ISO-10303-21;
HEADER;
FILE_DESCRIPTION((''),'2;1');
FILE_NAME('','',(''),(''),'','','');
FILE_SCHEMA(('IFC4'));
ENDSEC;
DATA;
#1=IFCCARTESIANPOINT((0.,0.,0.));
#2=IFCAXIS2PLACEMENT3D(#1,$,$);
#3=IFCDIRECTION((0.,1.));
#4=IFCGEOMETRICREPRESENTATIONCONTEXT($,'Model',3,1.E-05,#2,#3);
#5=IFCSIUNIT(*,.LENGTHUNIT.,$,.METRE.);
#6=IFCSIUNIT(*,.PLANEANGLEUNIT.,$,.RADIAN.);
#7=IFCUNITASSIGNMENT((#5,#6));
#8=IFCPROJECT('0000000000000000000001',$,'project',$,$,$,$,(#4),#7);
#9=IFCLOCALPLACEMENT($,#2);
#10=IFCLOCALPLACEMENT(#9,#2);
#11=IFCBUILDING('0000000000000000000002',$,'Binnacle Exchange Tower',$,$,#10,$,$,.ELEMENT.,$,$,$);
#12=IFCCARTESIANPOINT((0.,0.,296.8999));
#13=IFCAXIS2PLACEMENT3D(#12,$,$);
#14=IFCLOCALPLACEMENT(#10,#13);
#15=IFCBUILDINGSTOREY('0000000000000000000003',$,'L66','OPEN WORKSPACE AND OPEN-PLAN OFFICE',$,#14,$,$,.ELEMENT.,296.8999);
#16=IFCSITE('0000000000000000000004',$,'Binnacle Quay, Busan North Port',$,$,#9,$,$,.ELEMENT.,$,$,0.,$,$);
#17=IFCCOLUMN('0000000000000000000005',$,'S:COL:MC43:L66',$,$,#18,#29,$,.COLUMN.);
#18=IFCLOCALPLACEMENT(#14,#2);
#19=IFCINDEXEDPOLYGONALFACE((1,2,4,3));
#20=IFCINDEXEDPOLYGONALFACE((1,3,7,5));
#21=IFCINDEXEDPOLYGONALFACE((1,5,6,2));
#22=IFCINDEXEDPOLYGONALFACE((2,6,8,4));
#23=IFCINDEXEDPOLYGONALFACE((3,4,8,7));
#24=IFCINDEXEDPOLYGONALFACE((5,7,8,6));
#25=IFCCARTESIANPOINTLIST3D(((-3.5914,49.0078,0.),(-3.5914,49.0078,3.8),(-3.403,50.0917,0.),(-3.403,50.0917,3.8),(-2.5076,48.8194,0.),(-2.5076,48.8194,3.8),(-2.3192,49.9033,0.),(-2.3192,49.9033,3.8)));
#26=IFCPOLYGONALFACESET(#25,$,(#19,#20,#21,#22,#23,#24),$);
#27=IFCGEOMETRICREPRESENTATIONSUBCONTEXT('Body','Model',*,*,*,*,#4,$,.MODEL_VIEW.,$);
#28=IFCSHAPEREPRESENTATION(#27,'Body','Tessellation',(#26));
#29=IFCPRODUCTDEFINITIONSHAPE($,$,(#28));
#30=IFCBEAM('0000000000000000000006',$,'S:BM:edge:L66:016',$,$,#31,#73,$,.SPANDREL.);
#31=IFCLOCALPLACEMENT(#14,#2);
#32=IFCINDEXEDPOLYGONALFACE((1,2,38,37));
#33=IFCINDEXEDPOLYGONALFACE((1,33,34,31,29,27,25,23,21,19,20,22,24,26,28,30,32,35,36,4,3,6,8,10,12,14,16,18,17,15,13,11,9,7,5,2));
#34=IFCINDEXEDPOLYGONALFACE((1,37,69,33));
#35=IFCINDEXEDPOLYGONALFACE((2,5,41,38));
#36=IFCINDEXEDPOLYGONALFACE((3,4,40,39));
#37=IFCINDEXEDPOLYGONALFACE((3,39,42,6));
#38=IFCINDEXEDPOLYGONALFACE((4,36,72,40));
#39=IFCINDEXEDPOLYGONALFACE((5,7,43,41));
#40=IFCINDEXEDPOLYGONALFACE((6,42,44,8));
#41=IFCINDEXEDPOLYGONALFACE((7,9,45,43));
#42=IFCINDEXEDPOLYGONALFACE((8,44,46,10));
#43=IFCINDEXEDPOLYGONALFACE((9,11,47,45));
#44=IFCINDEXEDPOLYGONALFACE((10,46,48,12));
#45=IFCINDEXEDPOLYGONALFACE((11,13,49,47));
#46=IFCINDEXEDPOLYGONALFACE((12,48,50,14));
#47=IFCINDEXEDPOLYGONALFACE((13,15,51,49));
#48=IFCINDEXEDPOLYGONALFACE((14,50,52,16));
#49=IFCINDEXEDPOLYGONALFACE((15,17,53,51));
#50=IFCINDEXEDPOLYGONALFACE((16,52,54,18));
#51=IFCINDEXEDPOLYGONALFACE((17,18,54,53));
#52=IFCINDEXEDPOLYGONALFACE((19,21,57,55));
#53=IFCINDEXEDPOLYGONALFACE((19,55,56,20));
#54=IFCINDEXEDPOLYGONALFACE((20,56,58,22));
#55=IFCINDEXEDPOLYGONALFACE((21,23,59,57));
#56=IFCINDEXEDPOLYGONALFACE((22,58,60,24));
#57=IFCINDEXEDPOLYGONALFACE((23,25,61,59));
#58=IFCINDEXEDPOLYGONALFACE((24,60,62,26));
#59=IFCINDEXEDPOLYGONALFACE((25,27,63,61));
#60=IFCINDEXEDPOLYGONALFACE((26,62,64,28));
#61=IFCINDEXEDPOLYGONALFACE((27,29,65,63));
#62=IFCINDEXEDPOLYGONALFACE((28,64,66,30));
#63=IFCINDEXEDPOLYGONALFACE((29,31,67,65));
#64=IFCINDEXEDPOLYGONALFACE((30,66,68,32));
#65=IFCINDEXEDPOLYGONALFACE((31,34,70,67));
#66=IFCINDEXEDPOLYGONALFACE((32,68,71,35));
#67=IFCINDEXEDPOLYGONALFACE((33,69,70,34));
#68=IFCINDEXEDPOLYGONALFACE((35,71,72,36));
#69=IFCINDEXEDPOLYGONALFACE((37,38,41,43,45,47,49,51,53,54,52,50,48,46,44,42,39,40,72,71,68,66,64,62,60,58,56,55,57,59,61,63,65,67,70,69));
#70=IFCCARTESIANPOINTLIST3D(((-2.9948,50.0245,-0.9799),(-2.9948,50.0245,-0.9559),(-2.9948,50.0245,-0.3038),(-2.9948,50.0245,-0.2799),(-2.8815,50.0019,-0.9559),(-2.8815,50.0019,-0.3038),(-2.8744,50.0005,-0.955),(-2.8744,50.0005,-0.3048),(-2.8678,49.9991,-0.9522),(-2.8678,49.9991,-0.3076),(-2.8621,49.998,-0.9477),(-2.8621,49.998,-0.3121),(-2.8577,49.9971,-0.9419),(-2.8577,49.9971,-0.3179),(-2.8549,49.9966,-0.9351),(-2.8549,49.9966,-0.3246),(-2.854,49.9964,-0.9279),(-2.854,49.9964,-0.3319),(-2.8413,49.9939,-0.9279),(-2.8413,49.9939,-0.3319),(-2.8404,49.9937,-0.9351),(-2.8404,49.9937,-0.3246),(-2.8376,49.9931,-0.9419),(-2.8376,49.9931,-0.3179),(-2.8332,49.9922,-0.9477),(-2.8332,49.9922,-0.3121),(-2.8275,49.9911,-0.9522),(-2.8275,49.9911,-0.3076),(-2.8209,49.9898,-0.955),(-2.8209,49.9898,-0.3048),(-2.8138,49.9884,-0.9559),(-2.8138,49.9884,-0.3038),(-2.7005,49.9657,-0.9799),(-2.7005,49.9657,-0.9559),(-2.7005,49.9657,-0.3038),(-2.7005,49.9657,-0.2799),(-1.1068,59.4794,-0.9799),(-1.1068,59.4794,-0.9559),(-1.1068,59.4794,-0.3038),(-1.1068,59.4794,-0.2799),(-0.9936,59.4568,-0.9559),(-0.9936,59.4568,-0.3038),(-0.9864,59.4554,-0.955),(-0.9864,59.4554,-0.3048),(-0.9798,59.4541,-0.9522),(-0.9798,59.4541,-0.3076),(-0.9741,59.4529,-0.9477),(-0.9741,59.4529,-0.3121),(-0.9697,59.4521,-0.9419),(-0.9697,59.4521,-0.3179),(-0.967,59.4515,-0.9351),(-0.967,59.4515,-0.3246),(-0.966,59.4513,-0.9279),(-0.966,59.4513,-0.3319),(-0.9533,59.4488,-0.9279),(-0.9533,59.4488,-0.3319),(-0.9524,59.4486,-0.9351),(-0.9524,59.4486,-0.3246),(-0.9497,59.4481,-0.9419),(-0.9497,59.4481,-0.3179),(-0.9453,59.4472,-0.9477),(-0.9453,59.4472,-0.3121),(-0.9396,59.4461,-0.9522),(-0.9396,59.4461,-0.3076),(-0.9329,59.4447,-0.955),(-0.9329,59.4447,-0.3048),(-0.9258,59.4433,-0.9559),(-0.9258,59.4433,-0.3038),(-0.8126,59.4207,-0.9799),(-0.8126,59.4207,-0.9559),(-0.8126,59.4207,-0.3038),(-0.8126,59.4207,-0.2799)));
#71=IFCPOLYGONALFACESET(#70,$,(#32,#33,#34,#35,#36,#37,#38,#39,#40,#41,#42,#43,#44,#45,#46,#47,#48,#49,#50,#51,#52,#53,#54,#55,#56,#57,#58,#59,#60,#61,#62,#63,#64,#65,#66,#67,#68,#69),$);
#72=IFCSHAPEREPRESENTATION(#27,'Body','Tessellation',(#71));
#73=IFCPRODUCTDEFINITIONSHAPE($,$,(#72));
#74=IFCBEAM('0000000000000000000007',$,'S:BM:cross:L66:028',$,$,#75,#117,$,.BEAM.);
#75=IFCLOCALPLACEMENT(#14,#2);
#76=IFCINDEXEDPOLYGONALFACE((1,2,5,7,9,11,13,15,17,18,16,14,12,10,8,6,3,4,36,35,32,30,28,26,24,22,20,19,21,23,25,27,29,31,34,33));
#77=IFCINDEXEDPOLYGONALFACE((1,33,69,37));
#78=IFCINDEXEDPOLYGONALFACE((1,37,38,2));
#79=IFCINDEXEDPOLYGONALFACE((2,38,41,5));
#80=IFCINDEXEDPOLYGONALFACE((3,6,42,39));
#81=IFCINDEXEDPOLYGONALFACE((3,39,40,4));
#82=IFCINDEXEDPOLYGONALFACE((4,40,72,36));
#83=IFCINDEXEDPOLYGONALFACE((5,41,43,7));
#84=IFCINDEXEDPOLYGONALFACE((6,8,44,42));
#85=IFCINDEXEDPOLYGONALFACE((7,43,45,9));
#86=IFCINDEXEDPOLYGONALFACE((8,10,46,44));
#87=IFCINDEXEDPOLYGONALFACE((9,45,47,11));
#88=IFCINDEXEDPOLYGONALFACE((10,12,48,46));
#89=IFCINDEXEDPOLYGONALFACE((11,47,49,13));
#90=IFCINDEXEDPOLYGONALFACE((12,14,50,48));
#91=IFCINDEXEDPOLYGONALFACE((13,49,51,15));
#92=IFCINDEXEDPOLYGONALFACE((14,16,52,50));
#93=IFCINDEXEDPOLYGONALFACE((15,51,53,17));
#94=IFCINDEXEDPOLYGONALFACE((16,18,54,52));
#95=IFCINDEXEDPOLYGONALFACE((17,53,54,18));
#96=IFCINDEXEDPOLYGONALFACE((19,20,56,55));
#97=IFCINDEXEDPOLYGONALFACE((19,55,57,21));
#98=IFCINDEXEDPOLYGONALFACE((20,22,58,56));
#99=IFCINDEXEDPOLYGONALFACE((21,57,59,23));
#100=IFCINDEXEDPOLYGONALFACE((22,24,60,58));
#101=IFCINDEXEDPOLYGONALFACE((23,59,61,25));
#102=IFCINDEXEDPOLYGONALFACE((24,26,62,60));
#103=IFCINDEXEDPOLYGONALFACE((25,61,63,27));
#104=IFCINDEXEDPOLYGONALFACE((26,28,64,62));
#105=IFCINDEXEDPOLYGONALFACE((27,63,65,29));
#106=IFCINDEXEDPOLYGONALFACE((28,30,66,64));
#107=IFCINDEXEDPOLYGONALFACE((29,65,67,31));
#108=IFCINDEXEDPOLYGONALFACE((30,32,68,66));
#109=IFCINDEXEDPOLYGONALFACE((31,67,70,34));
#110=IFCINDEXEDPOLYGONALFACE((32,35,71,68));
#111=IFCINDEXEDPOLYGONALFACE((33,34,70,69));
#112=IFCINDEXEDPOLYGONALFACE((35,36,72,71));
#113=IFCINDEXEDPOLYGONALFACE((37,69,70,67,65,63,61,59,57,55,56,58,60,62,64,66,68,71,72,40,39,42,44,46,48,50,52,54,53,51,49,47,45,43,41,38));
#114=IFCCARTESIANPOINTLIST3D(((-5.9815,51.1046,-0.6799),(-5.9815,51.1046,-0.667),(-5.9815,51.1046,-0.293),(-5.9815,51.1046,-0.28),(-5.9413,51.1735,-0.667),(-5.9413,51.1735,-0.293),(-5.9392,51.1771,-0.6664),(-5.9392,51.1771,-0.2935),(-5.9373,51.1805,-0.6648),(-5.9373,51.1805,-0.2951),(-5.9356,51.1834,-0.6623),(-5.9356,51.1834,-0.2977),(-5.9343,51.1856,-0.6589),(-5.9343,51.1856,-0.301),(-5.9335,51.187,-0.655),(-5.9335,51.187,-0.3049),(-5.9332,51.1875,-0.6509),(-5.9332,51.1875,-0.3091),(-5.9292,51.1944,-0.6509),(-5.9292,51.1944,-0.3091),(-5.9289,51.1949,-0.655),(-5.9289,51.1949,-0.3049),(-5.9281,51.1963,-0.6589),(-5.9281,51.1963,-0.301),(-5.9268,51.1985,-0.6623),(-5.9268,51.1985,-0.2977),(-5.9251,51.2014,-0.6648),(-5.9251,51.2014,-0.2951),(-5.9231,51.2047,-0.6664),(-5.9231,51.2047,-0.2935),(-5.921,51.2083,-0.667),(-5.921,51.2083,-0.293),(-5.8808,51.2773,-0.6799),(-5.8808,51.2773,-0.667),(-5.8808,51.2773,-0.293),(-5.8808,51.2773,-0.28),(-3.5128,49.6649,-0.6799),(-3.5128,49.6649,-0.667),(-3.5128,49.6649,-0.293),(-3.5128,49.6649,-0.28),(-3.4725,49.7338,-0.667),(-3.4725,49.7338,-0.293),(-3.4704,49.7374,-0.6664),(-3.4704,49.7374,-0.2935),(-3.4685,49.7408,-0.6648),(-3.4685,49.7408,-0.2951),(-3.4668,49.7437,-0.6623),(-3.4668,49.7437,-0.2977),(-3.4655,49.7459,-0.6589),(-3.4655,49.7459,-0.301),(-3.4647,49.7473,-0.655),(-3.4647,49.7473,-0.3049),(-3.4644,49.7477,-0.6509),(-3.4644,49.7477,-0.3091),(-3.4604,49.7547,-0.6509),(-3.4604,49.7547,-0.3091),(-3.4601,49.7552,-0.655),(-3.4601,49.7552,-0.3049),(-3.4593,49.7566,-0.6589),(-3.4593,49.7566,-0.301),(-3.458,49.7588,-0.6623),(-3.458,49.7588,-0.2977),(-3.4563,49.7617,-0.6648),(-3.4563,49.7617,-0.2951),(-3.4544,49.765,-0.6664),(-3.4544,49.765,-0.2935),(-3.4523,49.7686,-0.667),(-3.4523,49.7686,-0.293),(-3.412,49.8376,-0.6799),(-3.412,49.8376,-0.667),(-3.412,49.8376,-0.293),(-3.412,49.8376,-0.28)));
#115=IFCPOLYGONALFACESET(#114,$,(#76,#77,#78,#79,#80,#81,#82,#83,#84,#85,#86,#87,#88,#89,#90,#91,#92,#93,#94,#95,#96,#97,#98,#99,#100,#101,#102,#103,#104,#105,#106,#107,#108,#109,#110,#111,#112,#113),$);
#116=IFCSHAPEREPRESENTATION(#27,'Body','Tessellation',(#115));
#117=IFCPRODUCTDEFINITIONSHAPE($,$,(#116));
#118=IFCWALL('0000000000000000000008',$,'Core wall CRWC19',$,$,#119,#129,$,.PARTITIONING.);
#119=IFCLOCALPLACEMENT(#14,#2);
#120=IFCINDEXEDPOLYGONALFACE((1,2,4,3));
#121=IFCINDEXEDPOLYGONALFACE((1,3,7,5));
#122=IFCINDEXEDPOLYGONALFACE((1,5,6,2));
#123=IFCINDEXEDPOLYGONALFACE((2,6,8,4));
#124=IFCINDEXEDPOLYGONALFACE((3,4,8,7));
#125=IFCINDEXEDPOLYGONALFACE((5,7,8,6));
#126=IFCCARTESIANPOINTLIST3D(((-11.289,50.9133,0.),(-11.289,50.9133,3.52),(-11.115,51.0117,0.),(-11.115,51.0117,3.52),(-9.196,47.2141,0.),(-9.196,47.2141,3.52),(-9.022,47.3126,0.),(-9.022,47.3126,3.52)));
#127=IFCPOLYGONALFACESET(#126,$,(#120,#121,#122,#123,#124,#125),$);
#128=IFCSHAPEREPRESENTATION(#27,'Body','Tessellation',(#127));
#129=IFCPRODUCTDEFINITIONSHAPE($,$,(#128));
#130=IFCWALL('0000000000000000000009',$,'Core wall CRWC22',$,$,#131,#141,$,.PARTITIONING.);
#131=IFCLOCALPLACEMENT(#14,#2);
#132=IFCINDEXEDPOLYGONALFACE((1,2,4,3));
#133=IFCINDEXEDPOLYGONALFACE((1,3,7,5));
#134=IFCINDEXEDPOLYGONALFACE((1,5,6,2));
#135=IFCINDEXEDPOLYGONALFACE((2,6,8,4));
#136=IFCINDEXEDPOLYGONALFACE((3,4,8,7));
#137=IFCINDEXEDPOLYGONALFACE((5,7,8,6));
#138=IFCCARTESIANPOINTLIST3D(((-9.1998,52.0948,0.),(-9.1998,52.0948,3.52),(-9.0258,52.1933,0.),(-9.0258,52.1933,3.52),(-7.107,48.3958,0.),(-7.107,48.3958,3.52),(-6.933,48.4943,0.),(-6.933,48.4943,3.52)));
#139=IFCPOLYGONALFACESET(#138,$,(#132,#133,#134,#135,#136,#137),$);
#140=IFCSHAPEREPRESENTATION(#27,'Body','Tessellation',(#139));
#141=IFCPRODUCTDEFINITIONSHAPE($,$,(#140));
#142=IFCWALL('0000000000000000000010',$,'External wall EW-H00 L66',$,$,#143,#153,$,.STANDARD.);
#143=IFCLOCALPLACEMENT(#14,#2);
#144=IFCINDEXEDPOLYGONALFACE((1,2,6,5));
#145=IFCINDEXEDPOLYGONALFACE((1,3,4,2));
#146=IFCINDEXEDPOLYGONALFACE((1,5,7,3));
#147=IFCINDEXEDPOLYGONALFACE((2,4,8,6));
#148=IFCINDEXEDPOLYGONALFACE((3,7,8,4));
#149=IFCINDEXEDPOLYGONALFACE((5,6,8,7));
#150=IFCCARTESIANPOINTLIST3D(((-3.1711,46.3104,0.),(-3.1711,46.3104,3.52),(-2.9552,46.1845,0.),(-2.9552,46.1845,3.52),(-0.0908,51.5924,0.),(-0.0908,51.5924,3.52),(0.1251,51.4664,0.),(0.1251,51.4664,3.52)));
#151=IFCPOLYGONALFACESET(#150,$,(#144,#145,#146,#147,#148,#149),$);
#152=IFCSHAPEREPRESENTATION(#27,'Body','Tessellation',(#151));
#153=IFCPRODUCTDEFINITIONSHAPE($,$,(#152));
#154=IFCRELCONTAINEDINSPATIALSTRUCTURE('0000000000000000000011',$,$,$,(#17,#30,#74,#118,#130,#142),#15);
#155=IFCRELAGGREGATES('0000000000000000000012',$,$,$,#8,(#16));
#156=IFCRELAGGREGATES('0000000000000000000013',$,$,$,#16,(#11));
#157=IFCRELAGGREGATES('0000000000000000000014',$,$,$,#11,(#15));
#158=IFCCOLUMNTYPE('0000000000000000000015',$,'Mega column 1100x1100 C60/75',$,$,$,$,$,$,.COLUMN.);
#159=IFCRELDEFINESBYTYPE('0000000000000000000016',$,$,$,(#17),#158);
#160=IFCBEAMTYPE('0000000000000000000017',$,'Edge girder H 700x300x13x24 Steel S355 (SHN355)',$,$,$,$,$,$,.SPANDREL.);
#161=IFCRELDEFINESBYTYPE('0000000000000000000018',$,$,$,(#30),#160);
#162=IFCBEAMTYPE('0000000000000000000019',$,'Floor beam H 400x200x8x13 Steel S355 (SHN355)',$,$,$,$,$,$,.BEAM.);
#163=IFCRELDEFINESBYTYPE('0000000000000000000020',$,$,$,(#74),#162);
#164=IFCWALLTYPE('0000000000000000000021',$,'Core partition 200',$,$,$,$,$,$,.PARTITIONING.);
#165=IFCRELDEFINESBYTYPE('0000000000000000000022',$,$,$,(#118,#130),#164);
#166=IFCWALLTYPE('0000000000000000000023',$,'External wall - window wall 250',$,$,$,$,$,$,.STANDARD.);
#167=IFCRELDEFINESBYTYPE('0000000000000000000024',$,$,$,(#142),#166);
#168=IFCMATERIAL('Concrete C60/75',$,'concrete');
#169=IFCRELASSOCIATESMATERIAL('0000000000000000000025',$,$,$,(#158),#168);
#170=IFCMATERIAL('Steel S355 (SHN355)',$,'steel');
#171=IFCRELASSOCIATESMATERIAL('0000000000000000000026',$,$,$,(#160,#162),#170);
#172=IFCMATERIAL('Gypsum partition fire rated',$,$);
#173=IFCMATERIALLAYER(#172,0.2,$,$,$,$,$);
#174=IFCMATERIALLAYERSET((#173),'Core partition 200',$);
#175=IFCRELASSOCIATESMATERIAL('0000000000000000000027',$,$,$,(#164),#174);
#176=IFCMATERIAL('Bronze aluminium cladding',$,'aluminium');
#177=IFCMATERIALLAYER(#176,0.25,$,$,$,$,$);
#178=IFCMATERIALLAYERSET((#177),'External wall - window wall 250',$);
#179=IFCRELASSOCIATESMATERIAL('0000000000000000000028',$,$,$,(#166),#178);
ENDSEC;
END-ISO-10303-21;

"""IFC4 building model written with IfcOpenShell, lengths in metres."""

from ifc_helpers import new_model, si_unit, direction, frame, frame_2d, origin, origin_2d, place, context, subcontext, project, spatial, rectangle, i_section, extrude, material, layer, layer_set, material_profile, profile_set, type_object, element, save


model = new_model("IFC4")

# Units and contexts
model_context = context("Model", 3, precision=1e-05, world=origin(), true_north=direction((0.0, 1.0)))
body_context = subcontext(model_context, "Body", "Model", "MODEL_VIEW")
ifc_project = project(units=[si_unit("LENGTHUNIT", "METRE"), si_unit("PLANEANGLEUNIT", "RADIAN")], contexts=[model_context])

# Site, building, storey
site_placement = place(None, origin())
site = spatial("IfcSite", under=ifc_project, at=site_placement, Name="Binnacle Quay, Busan North Port", CompositionType="ELEMENT", RefElevation=0.0)
building_placement = place(site_placement, origin())
building = spatial("IfcBuilding", under=site, at=building_placement, Name="Binnacle Exchange Tower", CompositionType="ELEMENT")
storey_placement = place(building_placement, frame((0.0, 0.0, 296.8999)))
storey = spatial("IfcBuildingStorey", under=building, at=storey_placement, Name="L66", Description="OPEN WORKSPACE AND OPEN-PLAN OFFICE", CompositionType="ELEMENT", Elevation=296.8999)

# Column
ifc_material_1 = material(Name="Concrete C60/75", Category="concrete")
ifc_material_profile_1 = material_profile(ifc_material_1, rectangle(XDim=1.1001, YDim=1.1001, at=origin_2d()), Name="Mega column 1100x1100 C60/75")
ifc_profile_set_1 = profile_set([ifc_material_profile_1], Name="Concrete C60/75")
column_type = type_object("IfcColumnType", Name="Mega column 1100x1100 C60/75", PredefinedType="COLUMN", material=ifc_profile_set_1)
column_placement = place(storey_placement, frame((-2.9553, 49.4556, 0.0), z_axis=(0.0, 0.0, 1.0), x_axis=(-0.985226, 0.171259, 0.0)))
element("IfcColumn", 1, at=column_placement, inside=storey, type_object=column_type, Name="S:COL:MC43:L66", PredefinedType="COLUMN", context=body_context, shape_type="SweptSolid", body=[
    extrude(rectangle(XDim=1.1001, YDim=1.1001, at=origin_2d()), origin(), (0.0, 0.0, 1.0), 3.8),
])

# Beams
ifc_material_2 = material(Name="Steel S355 (SHN355)", Category="steel")
ifc_material_profile_2 = material_profile(ifc_material_2, i_section(OverallWidth=0.3, OverallDepth=0.7, WebThickness=0.0129, FlangeThickness=0.0239, FilletRadius=0.0281, at=origin_2d()), Name="H 700x300x13x24")
ifc_profile_set_2 = profile_set([ifc_material_profile_2], Name="Steel S355 (SHN355)")
beam_type_1 = type_object("IfcBeamType", Name="Edge girder H 700x300x13x24 Steel S355 (SHN355)", PredefinedType="SPANDREL", material=ifc_profile_set_2)
beam_1_placement = place(storey_placement, frame((-2.8477, 49.9951, -0.6299), z_axis=(0.195814, 0.980641, 0.0), x_axis=(-0.980641, 0.195814, 0.0)))
element("IfcBeam", 2, at=beam_1_placement, inside=storey, type_object=beam_type_1, Name="S:BM:edge:L66:016", PredefinedType="SPANDREL", context=body_context, shape_type="SweptSolid", body=[
    extrude(i_section(OverallWidth=0.3, OverallDepth=0.7, WebThickness=0.0129, FlangeThickness=0.0239, FilletRadius=0.0281, at=origin_2d()), origin(), (0.0, 0.0, 1.0), 9.6416),
])
ifc_material_profile_3 = material_profile(ifc_material_2, i_section(OverallWidth=0.2, OverallDepth=0.3999, WebThickness=0.0081, FlangeThickness=0.0129, FilletRadius=0.0161, at=origin_2d()), Name="H 400x200x8x13")
ifc_profile_set_3 = profile_set([ifc_material_profile_3], Name="Steel S355 (SHN355)")
beam_type_2 = type_object("IfcBeamType", Name="Floor beam H 400x200x8x13 Steel S355 (SHN355)", PredefinedType="BEAM", material=ifc_profile_set_3)
beam_2_placement = place(storey_placement, frame((-3.4624, 49.7512, -0.48), z_axis=(-0.863841, 0.503765, 0.0), x_axis=(-0.503765, -0.863841, 0.0)))
element("IfcBeam", 3, at=beam_2_placement, inside=storey, type_object=beam_type_2, Name="S:BM:cross:L66:028", PredefinedType="BEAM", context=body_context, shape_type="SweptSolid", body=[
    extrude(i_section(OverallWidth=0.2, OverallDepth=0.3999, WebThickness=0.0081, FlangeThickness=0.0129, FilletRadius=0.0161, at=origin_2d()), origin(), (0.0, 0.0, 1.0), 2.8579),
])

# Walls
ifc_material_3 = material(Name="Gypsum partition fire rated")
ifc_layer_1 = layer(ifc_material_3, 0.2)
ifc_layer_set_1 = layer_set([ifc_layer_1], Name="Core partition 200")
wall_type_1 = type_object("IfcWallType", Name="Core partition 200", PredefinedType="PARTITIONING", material=ifc_layer_set_1)
wall_1_placement = place(storey_placement, frame((-11.2019, 50.9624, 0.0), z_axis=(0.0, 0.0, 1.0), x_axis=(0.492441, -0.870346, 0.0)))
element("IfcWall", 4, at=wall_1_placement, inside=storey, type_object=wall_type_1, Name="Core wall CRWC19", PredefinedType="PARTITIONING", context=body_context, shape_type="SweptSolid", body=[
    extrude(rectangle(XDim=4.2502, YDim=0.2, at=frame_2d((2.125, 0.0))), origin(), (0.0, 0.0, 1.0), 3.52),
])
wall_2_placement = place(storey_placement, frame((-9.1128, 52.144, 0.0), z_axis=(0.0, 0.0, 1.0), x_axis=(0.492423, -0.870356, 0.0)))
element("IfcWall", 5, at=wall_2_placement, inside=storey, type_object=wall_type_1, Name="Core wall CRWC22", PredefinedType="PARTITIONING", context=body_context, shape_type="SweptSolid", body=[
    extrude(rectangle(XDim=4.25, YDim=0.2, at=frame_2d((2.125, 0.0))), origin(), (0.0, 0.0, 1.0), 3.52),
])
ifc_material_4 = material(Name="Bronze aluminium cladding", Category="aluminium")
ifc_layer_2 = layer(ifc_material_4, 0.25)
ifc_layer_set_2 = layer_set([ifc_layer_2], Name="External wall - window wall 250")
wall_type_2 = type_object("IfcWallType", Name="External wall - window wall 250", PredefinedType="STANDARD", material=ifc_layer_set_2)
wall_3_placement = place(storey_placement, frame((0.0171, 51.5293, 0.0), z_axis=(0.0, 0.0, 1.0), x_axis=(-0.503769, -0.863838, 0.0)))
element("IfcWall", 6, at=wall_3_placement, inside=storey, type_object=wall_type_2, Name="External wall EW-H00 L66", PredefinedType="STANDARD", context=body_context, shape_type="SweptSolid", body=[
    extrude(rectangle(XDim=6.1145, YDim=0.25, at=frame_2d((3.0571, 0.0))), origin(), (0.0, 0.0, 1.0), 3.52),
])

save(model, "model.ifc")
